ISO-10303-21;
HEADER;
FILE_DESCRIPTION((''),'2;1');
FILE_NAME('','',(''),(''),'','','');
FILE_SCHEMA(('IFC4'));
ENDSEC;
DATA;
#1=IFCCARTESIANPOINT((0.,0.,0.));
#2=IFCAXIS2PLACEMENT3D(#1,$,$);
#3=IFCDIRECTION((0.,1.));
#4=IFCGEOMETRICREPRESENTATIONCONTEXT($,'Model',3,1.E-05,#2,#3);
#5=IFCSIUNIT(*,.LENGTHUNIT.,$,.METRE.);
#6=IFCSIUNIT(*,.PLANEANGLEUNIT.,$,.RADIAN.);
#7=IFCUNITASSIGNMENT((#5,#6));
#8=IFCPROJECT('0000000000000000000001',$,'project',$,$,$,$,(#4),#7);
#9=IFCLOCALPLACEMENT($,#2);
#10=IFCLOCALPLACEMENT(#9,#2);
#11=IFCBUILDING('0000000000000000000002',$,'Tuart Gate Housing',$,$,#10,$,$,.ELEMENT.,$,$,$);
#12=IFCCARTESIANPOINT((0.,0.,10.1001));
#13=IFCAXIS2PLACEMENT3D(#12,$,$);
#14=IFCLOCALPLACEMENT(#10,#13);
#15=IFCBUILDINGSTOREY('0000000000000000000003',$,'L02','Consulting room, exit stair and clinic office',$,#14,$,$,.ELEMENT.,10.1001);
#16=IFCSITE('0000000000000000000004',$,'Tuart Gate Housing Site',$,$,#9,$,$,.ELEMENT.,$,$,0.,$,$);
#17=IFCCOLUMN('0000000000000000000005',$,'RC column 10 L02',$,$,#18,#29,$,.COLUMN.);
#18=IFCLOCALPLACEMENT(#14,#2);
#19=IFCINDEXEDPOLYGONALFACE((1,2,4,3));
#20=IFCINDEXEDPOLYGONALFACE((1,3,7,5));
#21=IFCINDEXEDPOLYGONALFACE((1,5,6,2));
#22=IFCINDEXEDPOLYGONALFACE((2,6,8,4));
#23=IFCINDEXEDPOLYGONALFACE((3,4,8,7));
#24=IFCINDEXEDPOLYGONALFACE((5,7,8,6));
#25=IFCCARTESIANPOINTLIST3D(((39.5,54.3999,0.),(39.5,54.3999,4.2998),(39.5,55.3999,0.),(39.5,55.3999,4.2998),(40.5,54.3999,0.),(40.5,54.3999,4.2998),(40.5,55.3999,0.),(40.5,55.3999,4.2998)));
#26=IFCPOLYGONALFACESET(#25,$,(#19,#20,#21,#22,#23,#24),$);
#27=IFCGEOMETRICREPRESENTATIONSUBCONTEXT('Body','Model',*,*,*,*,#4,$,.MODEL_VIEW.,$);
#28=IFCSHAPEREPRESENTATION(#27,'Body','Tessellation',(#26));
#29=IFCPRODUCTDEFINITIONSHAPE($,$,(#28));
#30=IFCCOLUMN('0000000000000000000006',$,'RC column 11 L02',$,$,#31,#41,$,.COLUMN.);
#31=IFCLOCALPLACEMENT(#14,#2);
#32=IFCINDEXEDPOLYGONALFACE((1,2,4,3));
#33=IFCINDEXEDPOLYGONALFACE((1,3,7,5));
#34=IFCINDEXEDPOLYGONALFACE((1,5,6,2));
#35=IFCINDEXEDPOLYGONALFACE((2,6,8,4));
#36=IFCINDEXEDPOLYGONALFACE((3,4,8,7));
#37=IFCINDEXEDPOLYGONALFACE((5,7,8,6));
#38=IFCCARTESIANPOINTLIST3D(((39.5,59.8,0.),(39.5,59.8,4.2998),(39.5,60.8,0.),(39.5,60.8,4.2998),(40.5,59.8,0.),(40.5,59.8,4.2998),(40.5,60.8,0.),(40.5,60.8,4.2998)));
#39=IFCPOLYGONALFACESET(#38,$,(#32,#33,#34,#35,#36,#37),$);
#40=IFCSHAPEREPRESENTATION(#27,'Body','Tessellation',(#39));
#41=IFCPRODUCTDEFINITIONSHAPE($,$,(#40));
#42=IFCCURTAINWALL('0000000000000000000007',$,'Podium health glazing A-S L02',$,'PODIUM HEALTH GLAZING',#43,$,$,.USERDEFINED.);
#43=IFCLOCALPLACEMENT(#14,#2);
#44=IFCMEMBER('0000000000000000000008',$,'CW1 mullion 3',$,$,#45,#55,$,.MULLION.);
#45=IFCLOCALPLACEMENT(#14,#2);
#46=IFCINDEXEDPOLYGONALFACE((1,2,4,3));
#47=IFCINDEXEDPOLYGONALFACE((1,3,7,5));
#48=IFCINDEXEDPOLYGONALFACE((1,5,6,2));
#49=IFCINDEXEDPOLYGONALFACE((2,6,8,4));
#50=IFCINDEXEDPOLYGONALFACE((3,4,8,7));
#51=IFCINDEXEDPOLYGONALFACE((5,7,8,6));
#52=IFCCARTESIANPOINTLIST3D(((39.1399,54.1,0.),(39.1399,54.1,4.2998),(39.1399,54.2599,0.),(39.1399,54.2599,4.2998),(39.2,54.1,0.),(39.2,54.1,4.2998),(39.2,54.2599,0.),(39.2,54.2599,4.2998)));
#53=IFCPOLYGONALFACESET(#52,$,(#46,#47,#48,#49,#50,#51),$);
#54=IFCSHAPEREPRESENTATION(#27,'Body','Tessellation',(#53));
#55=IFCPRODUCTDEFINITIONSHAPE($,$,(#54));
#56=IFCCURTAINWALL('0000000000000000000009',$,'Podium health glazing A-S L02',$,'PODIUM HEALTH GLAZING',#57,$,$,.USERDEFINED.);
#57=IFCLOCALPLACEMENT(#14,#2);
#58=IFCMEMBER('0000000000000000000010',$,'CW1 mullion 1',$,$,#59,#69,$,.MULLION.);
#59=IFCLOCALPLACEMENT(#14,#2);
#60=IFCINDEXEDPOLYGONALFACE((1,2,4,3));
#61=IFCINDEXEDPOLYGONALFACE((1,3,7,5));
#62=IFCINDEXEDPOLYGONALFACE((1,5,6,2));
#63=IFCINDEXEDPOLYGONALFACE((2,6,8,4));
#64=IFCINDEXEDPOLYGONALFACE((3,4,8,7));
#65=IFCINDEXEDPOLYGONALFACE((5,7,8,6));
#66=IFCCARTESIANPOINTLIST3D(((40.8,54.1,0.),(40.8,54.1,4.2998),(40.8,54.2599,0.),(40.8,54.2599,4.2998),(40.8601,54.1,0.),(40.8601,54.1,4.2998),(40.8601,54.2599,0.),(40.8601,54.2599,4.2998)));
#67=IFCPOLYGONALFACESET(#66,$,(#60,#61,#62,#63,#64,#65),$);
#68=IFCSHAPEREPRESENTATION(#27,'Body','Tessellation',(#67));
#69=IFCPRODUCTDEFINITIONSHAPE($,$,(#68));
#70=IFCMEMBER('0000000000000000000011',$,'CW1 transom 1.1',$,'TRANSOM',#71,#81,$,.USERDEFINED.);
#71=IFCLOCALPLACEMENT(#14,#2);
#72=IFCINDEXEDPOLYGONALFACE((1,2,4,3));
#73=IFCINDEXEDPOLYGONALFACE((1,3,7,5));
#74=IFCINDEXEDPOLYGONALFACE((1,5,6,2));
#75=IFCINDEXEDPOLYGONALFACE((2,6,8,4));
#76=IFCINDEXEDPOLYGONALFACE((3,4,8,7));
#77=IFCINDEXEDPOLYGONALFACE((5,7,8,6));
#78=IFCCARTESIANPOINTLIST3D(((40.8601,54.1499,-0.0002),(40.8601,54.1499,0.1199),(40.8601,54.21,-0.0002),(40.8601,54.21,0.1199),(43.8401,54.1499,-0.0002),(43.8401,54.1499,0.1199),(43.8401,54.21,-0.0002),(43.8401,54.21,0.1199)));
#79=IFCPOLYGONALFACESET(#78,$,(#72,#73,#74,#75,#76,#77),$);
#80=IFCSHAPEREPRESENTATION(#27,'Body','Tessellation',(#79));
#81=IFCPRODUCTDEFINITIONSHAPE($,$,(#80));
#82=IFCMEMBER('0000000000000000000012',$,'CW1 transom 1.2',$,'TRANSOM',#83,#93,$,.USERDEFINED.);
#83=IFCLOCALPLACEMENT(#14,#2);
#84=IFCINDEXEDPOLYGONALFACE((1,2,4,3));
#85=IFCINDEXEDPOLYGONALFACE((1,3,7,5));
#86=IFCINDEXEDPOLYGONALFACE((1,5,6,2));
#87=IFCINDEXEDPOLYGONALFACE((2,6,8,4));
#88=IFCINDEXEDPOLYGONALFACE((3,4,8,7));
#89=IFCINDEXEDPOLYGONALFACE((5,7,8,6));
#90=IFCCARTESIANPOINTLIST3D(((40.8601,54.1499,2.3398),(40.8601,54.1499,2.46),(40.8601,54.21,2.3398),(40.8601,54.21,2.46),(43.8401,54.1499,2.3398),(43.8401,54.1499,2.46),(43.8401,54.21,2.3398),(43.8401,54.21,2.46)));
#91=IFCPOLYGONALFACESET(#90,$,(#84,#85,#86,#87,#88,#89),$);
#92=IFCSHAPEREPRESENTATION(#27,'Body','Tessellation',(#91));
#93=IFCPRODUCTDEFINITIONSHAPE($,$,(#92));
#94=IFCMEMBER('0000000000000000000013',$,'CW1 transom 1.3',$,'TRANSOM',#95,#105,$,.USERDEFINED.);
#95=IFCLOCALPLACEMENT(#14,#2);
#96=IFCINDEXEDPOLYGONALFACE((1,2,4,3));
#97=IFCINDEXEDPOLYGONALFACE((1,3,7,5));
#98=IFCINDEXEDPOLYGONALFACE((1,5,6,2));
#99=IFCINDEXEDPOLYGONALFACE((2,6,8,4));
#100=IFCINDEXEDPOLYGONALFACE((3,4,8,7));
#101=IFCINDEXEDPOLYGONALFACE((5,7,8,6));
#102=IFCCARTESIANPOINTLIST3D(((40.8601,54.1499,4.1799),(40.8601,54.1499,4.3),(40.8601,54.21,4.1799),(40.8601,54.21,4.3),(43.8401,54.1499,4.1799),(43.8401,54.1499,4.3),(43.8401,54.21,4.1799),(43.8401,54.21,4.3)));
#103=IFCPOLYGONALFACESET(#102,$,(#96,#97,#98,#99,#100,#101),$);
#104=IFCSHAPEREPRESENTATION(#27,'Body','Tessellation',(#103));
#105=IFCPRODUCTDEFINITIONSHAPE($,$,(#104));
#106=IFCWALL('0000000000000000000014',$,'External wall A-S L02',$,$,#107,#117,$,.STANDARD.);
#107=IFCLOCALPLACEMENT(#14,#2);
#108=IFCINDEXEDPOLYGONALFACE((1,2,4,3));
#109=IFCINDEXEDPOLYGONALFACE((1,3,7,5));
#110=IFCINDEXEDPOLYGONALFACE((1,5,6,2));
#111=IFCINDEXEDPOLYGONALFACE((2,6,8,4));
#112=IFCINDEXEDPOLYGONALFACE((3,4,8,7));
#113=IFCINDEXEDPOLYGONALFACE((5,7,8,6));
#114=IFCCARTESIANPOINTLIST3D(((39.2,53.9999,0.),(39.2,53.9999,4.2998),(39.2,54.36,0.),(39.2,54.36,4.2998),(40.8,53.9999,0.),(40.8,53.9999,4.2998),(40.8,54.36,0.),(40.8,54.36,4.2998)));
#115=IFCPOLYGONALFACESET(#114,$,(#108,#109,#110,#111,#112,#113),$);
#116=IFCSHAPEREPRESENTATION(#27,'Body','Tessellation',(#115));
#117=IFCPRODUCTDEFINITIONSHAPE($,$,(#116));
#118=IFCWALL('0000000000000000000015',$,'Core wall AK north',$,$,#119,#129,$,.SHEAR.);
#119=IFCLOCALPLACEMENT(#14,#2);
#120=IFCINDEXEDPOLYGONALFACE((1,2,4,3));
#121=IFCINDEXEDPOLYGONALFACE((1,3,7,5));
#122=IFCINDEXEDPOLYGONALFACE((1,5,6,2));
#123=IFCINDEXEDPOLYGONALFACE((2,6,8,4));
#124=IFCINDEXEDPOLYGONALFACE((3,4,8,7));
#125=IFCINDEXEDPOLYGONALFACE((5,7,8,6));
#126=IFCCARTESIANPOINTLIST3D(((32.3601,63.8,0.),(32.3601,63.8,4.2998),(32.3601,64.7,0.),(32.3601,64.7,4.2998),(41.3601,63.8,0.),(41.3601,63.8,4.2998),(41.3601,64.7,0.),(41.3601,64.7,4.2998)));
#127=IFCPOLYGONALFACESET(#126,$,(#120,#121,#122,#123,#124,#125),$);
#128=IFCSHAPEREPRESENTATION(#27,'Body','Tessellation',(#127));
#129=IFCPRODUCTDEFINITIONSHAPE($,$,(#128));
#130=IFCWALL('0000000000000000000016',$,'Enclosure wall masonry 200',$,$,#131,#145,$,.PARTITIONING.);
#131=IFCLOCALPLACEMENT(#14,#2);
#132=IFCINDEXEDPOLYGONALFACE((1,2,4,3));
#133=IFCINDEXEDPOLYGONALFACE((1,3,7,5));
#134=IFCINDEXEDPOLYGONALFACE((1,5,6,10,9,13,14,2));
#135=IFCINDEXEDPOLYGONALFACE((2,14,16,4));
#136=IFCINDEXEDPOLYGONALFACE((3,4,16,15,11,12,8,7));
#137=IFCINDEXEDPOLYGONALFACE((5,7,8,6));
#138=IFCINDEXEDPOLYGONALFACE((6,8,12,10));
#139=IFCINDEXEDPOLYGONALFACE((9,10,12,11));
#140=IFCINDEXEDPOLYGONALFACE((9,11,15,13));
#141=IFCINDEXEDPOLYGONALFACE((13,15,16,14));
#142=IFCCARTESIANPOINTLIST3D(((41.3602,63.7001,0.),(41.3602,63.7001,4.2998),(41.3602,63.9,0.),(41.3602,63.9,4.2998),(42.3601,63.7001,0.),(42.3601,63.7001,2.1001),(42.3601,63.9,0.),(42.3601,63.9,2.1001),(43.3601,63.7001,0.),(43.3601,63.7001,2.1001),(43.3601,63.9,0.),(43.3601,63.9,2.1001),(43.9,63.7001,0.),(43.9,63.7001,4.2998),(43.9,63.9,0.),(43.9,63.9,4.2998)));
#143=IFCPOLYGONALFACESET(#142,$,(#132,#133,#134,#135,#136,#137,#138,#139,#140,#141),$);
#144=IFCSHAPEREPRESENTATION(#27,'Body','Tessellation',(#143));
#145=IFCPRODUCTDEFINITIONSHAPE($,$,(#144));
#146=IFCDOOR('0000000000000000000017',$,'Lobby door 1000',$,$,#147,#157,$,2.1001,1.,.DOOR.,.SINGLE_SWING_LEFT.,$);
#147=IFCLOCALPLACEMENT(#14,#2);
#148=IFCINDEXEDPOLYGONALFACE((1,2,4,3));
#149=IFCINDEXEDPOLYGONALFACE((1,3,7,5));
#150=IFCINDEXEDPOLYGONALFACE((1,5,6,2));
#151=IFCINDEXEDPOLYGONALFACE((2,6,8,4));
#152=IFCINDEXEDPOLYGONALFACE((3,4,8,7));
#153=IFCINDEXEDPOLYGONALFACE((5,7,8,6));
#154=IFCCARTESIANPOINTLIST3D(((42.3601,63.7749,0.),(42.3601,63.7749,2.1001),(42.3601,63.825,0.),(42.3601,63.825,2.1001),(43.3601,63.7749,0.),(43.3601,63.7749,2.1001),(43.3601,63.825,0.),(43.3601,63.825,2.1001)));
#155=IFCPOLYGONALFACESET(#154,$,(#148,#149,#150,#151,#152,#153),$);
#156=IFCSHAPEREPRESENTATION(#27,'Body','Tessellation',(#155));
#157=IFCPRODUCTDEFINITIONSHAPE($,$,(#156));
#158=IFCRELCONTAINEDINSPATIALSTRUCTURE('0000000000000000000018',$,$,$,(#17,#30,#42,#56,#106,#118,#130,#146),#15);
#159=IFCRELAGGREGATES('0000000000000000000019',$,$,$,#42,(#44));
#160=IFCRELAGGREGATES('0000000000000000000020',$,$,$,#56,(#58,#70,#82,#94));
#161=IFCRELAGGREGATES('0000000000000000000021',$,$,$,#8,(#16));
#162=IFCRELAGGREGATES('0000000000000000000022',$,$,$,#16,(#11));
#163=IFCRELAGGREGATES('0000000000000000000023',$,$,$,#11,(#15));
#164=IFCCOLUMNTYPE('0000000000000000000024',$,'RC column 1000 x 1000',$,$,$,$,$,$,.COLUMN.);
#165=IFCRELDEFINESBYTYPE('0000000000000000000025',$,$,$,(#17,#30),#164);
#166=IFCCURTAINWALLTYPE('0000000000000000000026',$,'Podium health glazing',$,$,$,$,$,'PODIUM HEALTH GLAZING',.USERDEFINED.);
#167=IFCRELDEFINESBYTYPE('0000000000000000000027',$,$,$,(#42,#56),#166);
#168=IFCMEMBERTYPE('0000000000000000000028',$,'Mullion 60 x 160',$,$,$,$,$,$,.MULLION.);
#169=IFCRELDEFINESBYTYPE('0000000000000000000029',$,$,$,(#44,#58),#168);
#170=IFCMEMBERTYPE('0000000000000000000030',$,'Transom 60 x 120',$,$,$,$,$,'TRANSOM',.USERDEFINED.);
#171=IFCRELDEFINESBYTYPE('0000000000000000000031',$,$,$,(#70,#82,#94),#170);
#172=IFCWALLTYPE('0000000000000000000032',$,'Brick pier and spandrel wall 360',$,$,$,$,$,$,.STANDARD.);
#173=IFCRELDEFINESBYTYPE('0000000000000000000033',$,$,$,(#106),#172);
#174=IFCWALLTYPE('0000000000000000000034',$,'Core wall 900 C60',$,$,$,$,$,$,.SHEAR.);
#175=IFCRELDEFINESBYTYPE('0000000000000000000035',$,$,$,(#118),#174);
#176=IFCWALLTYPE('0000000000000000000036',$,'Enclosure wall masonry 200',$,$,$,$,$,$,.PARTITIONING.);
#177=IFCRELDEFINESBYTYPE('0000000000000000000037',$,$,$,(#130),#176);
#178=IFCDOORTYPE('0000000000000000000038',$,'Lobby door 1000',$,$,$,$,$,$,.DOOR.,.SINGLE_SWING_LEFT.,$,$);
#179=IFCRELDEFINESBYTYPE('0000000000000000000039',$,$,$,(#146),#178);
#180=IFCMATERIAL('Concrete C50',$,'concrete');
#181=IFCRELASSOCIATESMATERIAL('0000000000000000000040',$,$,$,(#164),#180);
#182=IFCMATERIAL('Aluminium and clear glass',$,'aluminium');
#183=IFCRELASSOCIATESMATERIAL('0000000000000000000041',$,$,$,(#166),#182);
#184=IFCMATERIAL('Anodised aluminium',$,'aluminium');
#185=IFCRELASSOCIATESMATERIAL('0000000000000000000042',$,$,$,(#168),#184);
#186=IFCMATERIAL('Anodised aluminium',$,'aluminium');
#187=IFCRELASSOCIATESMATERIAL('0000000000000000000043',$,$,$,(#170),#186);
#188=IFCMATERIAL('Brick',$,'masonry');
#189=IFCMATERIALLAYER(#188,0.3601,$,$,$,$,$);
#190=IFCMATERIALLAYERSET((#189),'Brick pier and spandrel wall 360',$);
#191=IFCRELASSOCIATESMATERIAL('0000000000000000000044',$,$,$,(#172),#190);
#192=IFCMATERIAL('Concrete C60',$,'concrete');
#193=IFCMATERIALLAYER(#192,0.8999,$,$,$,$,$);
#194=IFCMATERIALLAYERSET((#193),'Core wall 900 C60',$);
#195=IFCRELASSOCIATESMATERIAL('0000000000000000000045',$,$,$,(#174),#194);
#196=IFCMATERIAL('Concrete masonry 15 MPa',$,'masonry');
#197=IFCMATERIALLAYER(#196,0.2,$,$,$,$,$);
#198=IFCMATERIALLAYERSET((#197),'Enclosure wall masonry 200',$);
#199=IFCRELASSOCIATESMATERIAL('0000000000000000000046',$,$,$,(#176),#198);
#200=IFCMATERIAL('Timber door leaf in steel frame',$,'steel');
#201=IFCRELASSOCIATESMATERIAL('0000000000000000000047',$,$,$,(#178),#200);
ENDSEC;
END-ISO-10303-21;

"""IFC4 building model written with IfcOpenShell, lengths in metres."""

from ifc_helpers import new_model, si_unit, direction, frame, frame_2d, origin, origin_2d, place, context, subcontext, project, spatial, rectangle, extrude, material, layer, layer_set, material_profile, profile_set, type_object, element, fill, aggregate, save


model = new_model("IFC4")

# Units and contexts
model_context = context("Model", 3, precision=1e-05, world=origin(), true_north=direction((0.0, 1.0)))
body_context = subcontext(model_context, "Body", "Model", "MODEL_VIEW")
ifc_project = project(units=[si_unit("LENGTHUNIT", "METRE"), si_unit("PLANEANGLEUNIT", "RADIAN")], contexts=[model_context])

# Site, building, storey
site_placement = place(None, origin())
site = spatial("IfcSite", under=ifc_project, at=site_placement, Name="Tuart Gate Housing Site", CompositionType="ELEMENT", RefElevation=0.0)
building_placement = place(site_placement, origin())
building = spatial("IfcBuilding", under=site, at=building_placement, Name="Tuart Gate Housing", CompositionType="ELEMENT")
storey_placement = place(building_placement, frame((0.0, 0.0, 10.1001)))
storey = spatial("IfcBuildingStorey", under=building, at=storey_placement, Name="L02", Description="Consulting room, exit stair and clinic office", CompositionType="ELEMENT", Elevation=10.1001)

# Columns
ifc_material_1 = material(Name="Concrete C50", Category="concrete")
ifc_material_profile_1 = material_profile(ifc_material_1, rectangle(XDim=1.0, YDim=1.0, at=origin_2d()), Name="RC column 1000 x 1000")
ifc_profile_set_1 = profile_set([ifc_material_profile_1], Name="Concrete C50")
column_type = type_object("IfcColumnType", Name="RC column 1000 x 1000", PredefinedType="COLUMN", material=ifc_profile_set_1)
for number, where, z_axis, x_axis, name in (
    (1, (40.0, 54.8999, 0.0), (0.0, 0.0, 1.0), (1.0, 0.0, 0.0), "RC column 10 L02"),
    (2, (40.0, 60.3, 0.0), (0.0, 0.0, 1.0), (1.0, 0.0, 0.0), "RC column 11 L02"),
):
    element("IfcColumn", number, at=place(storey_placement, frame(where, z_axis=z_axis, x_axis=x_axis)), inside=storey, type_object=column_type, Name=name, PredefinedType="COLUMN", context=body_context, shape_type="SweptSolid", body=[
        extrude(rectangle(XDim=1.0, YDim=1.0, at=origin_2d()), origin(), (0.0, 0.0, 1.0), 4.2998),
    ])

# Curtain wall, member
ifc_material_2 = material(Name="Aluminium and clear glass", Category="aluminium")
curtain_wall_type = type_object("IfcCurtainWallType", Name="Podium health glazing", ElementType="PODIUM HEALTH GLAZING", PredefinedType="USERDEFINED", material=ifc_material_2)
curtain_wall_1_placement = place(storey_placement, origin())
curtain_wall_1 = element("IfcCurtainWall", 3, at=curtain_wall_1_placement, inside=storey, type_object=curtain_wall_type, Name="Podium health glazing A-S L02", ObjectType="PODIUM HEALTH GLAZING", PredefinedType="USERDEFINED")
ifc_material_3 = material(Name="Anodised aluminium", Category="aluminium")
ifc_material_profile_2 = material_profile(ifc_material_3, rectangle(XDim=0.0601, YDim=0.1599, at=origin_2d()), Name="60x160")
ifc_profile_set_2 = profile_set([ifc_material_profile_2], Name="Anodised aluminium")
member_type_1 = type_object("IfcMemberType", Name="Mullion 60 x 160", PredefinedType="MULLION", material=ifc_profile_set_2)
member_1_placement = place(storey_placement, frame((39.1699, 54.1799, 0.0), z_axis=(0.0, 0.0, 1.0), x_axis=(1.0, 0.0, 0.0)))
member_1 = element("IfcMember", 4, at=member_1_placement, type_object=member_type_1, Name="CW1 mullion 3", PredefinedType="MULLION", context=body_context, shape_type="SweptSolid", body=[
    extrude(rectangle(XDim=0.0601, YDim=0.1599, at=origin_2d()), origin(), (0.0, 0.0, 1.0), 4.2998),
])
aggregate(curtain_wall_1, [member_1])

# Curtain wall, members
curtain_wall_2_placement = place(storey_placement, origin())
curtain_wall_2 = element("IfcCurtainWall", 5, at=curtain_wall_2_placement, inside=storey, type_object=curtain_wall_type, Name="Podium health glazing A-S L02", ObjectType="PODIUM HEALTH GLAZING", PredefinedType="USERDEFINED")
member_2_placement = place(storey_placement, frame((40.8301, 54.1799, 0.0), z_axis=(0.0, 0.0, 1.0), x_axis=(1.0, 0.0, 0.0)))
member_2 = element("IfcMember", 6, at=member_2_placement, type_object=member_type_1, Name="CW1 mullion 1", PredefinedType="MULLION", context=body_context, shape_type="SweptSolid", body=[
    extrude(rectangle(XDim=0.0601, YDim=0.1599, at=origin_2d()), origin(), (0.0, 0.0, 1.0), 4.2998),
])
ifc_material_4 = material(Name="Anodised aluminium", Category="aluminium")
ifc_material_profile_3 = material_profile(ifc_material_4, rectangle(XDim=0.0601, YDim=0.1201, at=origin_2d()), Name="60x120")
ifc_profile_set_3 = profile_set([ifc_material_profile_3], Name="Anodised aluminium")
member_type_2 = type_object("IfcMemberType", Name="Transom 60 x 120", ElementType="TRANSOM", PredefinedType="USERDEFINED", material=ifc_profile_set_3)
member_3_placement = place(storey_placement, frame((40.8601, 54.1799, 0.0598), z_axis=(1.0, 0.0, 0.0), x_axis=(0.0, 1.0, 0.0)))
member_3 = element("IfcMember", 7, at=member_3_placement, type_object=member_type_2, Name="CW1 transom 1.1", ObjectType="TRANSOM", PredefinedType="USERDEFINED", context=body_context, shape_type="SweptSolid", body=[
    extrude(rectangle(XDim=0.0601, YDim=0.1201, at=origin_2d()), origin(), (0.0, 0.0, 1.0), 2.98),
])
member_4_placement = place(storey_placement, frame((40.8601, 54.1799, 2.3999), z_axis=(1.0, 0.0, 0.0), x_axis=(0.0, 1.0, 0.0)))
member_4 = element("IfcMember", 8, at=member_4_placement, type_object=member_type_2, Name="CW1 transom 1.2", ObjectType="TRANSOM", PredefinedType="USERDEFINED", context=body_context, shape_type="SweptSolid", body=[
    extrude(rectangle(XDim=0.0601, YDim=0.1201, at=origin_2d()), origin(), (0.0, 0.0, 1.0), 2.98),
])
member_5_placement = place(storey_placement, frame((40.8601, 54.1799, 4.24), z_axis=(1.0, 0.0, 0.0), x_axis=(0.0, 1.0, 0.0)))
member_5 = element("IfcMember", 9, at=member_5_placement, type_object=member_type_2, Name="CW1 transom 1.3", ObjectType="TRANSOM", PredefinedType="USERDEFINED", context=body_context, shape_type="SweptSolid", body=[
    extrude(rectangle(XDim=0.0601, YDim=0.1201, at=origin_2d()), origin(), (0.0, 0.0, 1.0), 2.98),
])
aggregate(curtain_wall_2, [member_2, member_3, member_4, member_5])

# Walls
ifc_material_5 = material(Name="Brick", Category="masonry")
ifc_layer_1 = layer(ifc_material_5, 0.3601)
ifc_layer_set_1 = layer_set([ifc_layer_1], Name="Brick pier and spandrel wall 360")
wall_type_1 = type_object("IfcWallType", Name="Brick pier and spandrel wall 360", PredefinedType="STANDARD", material=ifc_layer_set_1)
wall_1_placement = place(storey_placement, frame((39.2, 54.1799, 0.0), z_axis=(0.0, 0.0, 1.0), x_axis=(1.0, 0.0, 0.0)))
element("IfcWall", 10, at=wall_1_placement, inside=storey, type_object=wall_type_1, Name="External wall A-S L02", PredefinedType="STANDARD", context=body_context, shape_type="SweptSolid", body=[
    extrude(rectangle(XDim=1.6001, YDim=0.3601, at=frame_2d((0.8, 0.0))), origin(), (0.0, 0.0, 1.0), 4.2998),
])
ifc_material_6 = material(Name="Concrete C60", Category="concrete")
ifc_layer_2 = layer(ifc_material_6, 0.8999)
ifc_layer_set_2 = layer_set([ifc_layer_2], Name="Core wall 900 C60")
wall_type_2 = type_object("IfcWallType", Name="Core wall 900 C60", PredefinedType="SHEAR", material=ifc_layer_set_2)
wall_2_placement = place(storey_placement, frame((41.3601, 64.25, 0.0), z_axis=(0.0, 0.0, 1.0), x_axis=(-1.0, 0.0, 0.0)))
element("IfcWall", 11, at=wall_2_placement, inside=storey, type_object=wall_type_2, Name="Core wall AK north", PredefinedType="SHEAR", context=body_context, shape_type="SweptSolid", body=[
    extrude(rectangle(XDim=9.0, YDim=0.8999, at=frame_2d((4.5, 0.0))), origin(), (0.0, 0.0, 1.0), 4.2998),
])

# Wall, opening, door
ifc_material_7 = material(Name="Concrete masonry 15 MPa", Category="masonry")
ifc_layer_3 = layer(ifc_material_7, 0.2)
ifc_layer_set_3 = layer_set([ifc_layer_3], Name="Enclosure wall masonry 200")
wall_type_3 = type_object("IfcWallType", Name="Enclosure wall masonry 200", PredefinedType="PARTITIONING", material=ifc_layer_set_3)
wall_3_placement = place(storey_placement, frame((41.3601, 63.8, 0.0), z_axis=(0.0, 0.0, 1.0), x_axis=(1.0, 0.0, 0.0)))
wall_3 = element("IfcWall", 12, at=wall_3_placement, inside=storey, type_object=wall_type_3, Name="Enclosure wall masonry 200", PredefinedType="PARTITIONING", context=body_context, shape_type="SweptSolid", body=[
    extrude(rectangle(XDim=2.5398, YDim=0.2, at=frame_2d((1.27, 0.0))), origin(), (0.0, 0.0, 1.0), 4.2998),
])
opening_placement = place(wall_3_placement, frame((1.0, 0.0, 0.0)))
opening = element("IfcOpeningElement", 13, at=opening_placement, cuts=wall_3, PredefinedType="OPENING", context=body_context, shape_type="SweptSolid", body=[
    extrude(rectangle(XDim=1.0, YDim=2.1001, at=frame_2d((0.5, 1.05))), frame((0.0, 0.1099, 0.0), z_axis=(0.0, -1.0, 0.0), x_axis=(1.0, 0.0, 0.0)), (0.0, 0.0, 1.0), 0.22),
])
ifc_material_8 = material(Name="Timber door leaf in steel frame", Category="steel")
door_type = type_object("IfcDoorType", Name="Lobby door 1000", OperationType="SINGLE_SWING_LEFT", PredefinedType="DOOR", material=ifc_material_8)
door_placement = place(opening_placement, frame((1.0, 0.0, 0.0), z_axis=(0.0, 0.0, 1.0), x_axis=(-1.0, 0.0, 0.0)))
door = element("IfcDoor", 14, at=door_placement, inside=storey, type_object=door_type, Name="Lobby door 1000", OperationType="SINGLE_SWING_LEFT", OverallHeight=2.1001, OverallWidth=1.0, PredefinedType="DOOR", context=body_context, shape_type="SweptSolid", body=[
    extrude(rectangle(XDim=1.0, YDim=2.1001, at=frame_2d((0.5, 1.05))), frame((0.0, 0.0251, 0.0), z_axis=(0.0, -1.0, 0.0), x_axis=(1.0, 0.0, 0.0)), (0.0, 0.0, 1.0), 0.05),
])
fill(opening, door)

save(model, "model.ifc")
